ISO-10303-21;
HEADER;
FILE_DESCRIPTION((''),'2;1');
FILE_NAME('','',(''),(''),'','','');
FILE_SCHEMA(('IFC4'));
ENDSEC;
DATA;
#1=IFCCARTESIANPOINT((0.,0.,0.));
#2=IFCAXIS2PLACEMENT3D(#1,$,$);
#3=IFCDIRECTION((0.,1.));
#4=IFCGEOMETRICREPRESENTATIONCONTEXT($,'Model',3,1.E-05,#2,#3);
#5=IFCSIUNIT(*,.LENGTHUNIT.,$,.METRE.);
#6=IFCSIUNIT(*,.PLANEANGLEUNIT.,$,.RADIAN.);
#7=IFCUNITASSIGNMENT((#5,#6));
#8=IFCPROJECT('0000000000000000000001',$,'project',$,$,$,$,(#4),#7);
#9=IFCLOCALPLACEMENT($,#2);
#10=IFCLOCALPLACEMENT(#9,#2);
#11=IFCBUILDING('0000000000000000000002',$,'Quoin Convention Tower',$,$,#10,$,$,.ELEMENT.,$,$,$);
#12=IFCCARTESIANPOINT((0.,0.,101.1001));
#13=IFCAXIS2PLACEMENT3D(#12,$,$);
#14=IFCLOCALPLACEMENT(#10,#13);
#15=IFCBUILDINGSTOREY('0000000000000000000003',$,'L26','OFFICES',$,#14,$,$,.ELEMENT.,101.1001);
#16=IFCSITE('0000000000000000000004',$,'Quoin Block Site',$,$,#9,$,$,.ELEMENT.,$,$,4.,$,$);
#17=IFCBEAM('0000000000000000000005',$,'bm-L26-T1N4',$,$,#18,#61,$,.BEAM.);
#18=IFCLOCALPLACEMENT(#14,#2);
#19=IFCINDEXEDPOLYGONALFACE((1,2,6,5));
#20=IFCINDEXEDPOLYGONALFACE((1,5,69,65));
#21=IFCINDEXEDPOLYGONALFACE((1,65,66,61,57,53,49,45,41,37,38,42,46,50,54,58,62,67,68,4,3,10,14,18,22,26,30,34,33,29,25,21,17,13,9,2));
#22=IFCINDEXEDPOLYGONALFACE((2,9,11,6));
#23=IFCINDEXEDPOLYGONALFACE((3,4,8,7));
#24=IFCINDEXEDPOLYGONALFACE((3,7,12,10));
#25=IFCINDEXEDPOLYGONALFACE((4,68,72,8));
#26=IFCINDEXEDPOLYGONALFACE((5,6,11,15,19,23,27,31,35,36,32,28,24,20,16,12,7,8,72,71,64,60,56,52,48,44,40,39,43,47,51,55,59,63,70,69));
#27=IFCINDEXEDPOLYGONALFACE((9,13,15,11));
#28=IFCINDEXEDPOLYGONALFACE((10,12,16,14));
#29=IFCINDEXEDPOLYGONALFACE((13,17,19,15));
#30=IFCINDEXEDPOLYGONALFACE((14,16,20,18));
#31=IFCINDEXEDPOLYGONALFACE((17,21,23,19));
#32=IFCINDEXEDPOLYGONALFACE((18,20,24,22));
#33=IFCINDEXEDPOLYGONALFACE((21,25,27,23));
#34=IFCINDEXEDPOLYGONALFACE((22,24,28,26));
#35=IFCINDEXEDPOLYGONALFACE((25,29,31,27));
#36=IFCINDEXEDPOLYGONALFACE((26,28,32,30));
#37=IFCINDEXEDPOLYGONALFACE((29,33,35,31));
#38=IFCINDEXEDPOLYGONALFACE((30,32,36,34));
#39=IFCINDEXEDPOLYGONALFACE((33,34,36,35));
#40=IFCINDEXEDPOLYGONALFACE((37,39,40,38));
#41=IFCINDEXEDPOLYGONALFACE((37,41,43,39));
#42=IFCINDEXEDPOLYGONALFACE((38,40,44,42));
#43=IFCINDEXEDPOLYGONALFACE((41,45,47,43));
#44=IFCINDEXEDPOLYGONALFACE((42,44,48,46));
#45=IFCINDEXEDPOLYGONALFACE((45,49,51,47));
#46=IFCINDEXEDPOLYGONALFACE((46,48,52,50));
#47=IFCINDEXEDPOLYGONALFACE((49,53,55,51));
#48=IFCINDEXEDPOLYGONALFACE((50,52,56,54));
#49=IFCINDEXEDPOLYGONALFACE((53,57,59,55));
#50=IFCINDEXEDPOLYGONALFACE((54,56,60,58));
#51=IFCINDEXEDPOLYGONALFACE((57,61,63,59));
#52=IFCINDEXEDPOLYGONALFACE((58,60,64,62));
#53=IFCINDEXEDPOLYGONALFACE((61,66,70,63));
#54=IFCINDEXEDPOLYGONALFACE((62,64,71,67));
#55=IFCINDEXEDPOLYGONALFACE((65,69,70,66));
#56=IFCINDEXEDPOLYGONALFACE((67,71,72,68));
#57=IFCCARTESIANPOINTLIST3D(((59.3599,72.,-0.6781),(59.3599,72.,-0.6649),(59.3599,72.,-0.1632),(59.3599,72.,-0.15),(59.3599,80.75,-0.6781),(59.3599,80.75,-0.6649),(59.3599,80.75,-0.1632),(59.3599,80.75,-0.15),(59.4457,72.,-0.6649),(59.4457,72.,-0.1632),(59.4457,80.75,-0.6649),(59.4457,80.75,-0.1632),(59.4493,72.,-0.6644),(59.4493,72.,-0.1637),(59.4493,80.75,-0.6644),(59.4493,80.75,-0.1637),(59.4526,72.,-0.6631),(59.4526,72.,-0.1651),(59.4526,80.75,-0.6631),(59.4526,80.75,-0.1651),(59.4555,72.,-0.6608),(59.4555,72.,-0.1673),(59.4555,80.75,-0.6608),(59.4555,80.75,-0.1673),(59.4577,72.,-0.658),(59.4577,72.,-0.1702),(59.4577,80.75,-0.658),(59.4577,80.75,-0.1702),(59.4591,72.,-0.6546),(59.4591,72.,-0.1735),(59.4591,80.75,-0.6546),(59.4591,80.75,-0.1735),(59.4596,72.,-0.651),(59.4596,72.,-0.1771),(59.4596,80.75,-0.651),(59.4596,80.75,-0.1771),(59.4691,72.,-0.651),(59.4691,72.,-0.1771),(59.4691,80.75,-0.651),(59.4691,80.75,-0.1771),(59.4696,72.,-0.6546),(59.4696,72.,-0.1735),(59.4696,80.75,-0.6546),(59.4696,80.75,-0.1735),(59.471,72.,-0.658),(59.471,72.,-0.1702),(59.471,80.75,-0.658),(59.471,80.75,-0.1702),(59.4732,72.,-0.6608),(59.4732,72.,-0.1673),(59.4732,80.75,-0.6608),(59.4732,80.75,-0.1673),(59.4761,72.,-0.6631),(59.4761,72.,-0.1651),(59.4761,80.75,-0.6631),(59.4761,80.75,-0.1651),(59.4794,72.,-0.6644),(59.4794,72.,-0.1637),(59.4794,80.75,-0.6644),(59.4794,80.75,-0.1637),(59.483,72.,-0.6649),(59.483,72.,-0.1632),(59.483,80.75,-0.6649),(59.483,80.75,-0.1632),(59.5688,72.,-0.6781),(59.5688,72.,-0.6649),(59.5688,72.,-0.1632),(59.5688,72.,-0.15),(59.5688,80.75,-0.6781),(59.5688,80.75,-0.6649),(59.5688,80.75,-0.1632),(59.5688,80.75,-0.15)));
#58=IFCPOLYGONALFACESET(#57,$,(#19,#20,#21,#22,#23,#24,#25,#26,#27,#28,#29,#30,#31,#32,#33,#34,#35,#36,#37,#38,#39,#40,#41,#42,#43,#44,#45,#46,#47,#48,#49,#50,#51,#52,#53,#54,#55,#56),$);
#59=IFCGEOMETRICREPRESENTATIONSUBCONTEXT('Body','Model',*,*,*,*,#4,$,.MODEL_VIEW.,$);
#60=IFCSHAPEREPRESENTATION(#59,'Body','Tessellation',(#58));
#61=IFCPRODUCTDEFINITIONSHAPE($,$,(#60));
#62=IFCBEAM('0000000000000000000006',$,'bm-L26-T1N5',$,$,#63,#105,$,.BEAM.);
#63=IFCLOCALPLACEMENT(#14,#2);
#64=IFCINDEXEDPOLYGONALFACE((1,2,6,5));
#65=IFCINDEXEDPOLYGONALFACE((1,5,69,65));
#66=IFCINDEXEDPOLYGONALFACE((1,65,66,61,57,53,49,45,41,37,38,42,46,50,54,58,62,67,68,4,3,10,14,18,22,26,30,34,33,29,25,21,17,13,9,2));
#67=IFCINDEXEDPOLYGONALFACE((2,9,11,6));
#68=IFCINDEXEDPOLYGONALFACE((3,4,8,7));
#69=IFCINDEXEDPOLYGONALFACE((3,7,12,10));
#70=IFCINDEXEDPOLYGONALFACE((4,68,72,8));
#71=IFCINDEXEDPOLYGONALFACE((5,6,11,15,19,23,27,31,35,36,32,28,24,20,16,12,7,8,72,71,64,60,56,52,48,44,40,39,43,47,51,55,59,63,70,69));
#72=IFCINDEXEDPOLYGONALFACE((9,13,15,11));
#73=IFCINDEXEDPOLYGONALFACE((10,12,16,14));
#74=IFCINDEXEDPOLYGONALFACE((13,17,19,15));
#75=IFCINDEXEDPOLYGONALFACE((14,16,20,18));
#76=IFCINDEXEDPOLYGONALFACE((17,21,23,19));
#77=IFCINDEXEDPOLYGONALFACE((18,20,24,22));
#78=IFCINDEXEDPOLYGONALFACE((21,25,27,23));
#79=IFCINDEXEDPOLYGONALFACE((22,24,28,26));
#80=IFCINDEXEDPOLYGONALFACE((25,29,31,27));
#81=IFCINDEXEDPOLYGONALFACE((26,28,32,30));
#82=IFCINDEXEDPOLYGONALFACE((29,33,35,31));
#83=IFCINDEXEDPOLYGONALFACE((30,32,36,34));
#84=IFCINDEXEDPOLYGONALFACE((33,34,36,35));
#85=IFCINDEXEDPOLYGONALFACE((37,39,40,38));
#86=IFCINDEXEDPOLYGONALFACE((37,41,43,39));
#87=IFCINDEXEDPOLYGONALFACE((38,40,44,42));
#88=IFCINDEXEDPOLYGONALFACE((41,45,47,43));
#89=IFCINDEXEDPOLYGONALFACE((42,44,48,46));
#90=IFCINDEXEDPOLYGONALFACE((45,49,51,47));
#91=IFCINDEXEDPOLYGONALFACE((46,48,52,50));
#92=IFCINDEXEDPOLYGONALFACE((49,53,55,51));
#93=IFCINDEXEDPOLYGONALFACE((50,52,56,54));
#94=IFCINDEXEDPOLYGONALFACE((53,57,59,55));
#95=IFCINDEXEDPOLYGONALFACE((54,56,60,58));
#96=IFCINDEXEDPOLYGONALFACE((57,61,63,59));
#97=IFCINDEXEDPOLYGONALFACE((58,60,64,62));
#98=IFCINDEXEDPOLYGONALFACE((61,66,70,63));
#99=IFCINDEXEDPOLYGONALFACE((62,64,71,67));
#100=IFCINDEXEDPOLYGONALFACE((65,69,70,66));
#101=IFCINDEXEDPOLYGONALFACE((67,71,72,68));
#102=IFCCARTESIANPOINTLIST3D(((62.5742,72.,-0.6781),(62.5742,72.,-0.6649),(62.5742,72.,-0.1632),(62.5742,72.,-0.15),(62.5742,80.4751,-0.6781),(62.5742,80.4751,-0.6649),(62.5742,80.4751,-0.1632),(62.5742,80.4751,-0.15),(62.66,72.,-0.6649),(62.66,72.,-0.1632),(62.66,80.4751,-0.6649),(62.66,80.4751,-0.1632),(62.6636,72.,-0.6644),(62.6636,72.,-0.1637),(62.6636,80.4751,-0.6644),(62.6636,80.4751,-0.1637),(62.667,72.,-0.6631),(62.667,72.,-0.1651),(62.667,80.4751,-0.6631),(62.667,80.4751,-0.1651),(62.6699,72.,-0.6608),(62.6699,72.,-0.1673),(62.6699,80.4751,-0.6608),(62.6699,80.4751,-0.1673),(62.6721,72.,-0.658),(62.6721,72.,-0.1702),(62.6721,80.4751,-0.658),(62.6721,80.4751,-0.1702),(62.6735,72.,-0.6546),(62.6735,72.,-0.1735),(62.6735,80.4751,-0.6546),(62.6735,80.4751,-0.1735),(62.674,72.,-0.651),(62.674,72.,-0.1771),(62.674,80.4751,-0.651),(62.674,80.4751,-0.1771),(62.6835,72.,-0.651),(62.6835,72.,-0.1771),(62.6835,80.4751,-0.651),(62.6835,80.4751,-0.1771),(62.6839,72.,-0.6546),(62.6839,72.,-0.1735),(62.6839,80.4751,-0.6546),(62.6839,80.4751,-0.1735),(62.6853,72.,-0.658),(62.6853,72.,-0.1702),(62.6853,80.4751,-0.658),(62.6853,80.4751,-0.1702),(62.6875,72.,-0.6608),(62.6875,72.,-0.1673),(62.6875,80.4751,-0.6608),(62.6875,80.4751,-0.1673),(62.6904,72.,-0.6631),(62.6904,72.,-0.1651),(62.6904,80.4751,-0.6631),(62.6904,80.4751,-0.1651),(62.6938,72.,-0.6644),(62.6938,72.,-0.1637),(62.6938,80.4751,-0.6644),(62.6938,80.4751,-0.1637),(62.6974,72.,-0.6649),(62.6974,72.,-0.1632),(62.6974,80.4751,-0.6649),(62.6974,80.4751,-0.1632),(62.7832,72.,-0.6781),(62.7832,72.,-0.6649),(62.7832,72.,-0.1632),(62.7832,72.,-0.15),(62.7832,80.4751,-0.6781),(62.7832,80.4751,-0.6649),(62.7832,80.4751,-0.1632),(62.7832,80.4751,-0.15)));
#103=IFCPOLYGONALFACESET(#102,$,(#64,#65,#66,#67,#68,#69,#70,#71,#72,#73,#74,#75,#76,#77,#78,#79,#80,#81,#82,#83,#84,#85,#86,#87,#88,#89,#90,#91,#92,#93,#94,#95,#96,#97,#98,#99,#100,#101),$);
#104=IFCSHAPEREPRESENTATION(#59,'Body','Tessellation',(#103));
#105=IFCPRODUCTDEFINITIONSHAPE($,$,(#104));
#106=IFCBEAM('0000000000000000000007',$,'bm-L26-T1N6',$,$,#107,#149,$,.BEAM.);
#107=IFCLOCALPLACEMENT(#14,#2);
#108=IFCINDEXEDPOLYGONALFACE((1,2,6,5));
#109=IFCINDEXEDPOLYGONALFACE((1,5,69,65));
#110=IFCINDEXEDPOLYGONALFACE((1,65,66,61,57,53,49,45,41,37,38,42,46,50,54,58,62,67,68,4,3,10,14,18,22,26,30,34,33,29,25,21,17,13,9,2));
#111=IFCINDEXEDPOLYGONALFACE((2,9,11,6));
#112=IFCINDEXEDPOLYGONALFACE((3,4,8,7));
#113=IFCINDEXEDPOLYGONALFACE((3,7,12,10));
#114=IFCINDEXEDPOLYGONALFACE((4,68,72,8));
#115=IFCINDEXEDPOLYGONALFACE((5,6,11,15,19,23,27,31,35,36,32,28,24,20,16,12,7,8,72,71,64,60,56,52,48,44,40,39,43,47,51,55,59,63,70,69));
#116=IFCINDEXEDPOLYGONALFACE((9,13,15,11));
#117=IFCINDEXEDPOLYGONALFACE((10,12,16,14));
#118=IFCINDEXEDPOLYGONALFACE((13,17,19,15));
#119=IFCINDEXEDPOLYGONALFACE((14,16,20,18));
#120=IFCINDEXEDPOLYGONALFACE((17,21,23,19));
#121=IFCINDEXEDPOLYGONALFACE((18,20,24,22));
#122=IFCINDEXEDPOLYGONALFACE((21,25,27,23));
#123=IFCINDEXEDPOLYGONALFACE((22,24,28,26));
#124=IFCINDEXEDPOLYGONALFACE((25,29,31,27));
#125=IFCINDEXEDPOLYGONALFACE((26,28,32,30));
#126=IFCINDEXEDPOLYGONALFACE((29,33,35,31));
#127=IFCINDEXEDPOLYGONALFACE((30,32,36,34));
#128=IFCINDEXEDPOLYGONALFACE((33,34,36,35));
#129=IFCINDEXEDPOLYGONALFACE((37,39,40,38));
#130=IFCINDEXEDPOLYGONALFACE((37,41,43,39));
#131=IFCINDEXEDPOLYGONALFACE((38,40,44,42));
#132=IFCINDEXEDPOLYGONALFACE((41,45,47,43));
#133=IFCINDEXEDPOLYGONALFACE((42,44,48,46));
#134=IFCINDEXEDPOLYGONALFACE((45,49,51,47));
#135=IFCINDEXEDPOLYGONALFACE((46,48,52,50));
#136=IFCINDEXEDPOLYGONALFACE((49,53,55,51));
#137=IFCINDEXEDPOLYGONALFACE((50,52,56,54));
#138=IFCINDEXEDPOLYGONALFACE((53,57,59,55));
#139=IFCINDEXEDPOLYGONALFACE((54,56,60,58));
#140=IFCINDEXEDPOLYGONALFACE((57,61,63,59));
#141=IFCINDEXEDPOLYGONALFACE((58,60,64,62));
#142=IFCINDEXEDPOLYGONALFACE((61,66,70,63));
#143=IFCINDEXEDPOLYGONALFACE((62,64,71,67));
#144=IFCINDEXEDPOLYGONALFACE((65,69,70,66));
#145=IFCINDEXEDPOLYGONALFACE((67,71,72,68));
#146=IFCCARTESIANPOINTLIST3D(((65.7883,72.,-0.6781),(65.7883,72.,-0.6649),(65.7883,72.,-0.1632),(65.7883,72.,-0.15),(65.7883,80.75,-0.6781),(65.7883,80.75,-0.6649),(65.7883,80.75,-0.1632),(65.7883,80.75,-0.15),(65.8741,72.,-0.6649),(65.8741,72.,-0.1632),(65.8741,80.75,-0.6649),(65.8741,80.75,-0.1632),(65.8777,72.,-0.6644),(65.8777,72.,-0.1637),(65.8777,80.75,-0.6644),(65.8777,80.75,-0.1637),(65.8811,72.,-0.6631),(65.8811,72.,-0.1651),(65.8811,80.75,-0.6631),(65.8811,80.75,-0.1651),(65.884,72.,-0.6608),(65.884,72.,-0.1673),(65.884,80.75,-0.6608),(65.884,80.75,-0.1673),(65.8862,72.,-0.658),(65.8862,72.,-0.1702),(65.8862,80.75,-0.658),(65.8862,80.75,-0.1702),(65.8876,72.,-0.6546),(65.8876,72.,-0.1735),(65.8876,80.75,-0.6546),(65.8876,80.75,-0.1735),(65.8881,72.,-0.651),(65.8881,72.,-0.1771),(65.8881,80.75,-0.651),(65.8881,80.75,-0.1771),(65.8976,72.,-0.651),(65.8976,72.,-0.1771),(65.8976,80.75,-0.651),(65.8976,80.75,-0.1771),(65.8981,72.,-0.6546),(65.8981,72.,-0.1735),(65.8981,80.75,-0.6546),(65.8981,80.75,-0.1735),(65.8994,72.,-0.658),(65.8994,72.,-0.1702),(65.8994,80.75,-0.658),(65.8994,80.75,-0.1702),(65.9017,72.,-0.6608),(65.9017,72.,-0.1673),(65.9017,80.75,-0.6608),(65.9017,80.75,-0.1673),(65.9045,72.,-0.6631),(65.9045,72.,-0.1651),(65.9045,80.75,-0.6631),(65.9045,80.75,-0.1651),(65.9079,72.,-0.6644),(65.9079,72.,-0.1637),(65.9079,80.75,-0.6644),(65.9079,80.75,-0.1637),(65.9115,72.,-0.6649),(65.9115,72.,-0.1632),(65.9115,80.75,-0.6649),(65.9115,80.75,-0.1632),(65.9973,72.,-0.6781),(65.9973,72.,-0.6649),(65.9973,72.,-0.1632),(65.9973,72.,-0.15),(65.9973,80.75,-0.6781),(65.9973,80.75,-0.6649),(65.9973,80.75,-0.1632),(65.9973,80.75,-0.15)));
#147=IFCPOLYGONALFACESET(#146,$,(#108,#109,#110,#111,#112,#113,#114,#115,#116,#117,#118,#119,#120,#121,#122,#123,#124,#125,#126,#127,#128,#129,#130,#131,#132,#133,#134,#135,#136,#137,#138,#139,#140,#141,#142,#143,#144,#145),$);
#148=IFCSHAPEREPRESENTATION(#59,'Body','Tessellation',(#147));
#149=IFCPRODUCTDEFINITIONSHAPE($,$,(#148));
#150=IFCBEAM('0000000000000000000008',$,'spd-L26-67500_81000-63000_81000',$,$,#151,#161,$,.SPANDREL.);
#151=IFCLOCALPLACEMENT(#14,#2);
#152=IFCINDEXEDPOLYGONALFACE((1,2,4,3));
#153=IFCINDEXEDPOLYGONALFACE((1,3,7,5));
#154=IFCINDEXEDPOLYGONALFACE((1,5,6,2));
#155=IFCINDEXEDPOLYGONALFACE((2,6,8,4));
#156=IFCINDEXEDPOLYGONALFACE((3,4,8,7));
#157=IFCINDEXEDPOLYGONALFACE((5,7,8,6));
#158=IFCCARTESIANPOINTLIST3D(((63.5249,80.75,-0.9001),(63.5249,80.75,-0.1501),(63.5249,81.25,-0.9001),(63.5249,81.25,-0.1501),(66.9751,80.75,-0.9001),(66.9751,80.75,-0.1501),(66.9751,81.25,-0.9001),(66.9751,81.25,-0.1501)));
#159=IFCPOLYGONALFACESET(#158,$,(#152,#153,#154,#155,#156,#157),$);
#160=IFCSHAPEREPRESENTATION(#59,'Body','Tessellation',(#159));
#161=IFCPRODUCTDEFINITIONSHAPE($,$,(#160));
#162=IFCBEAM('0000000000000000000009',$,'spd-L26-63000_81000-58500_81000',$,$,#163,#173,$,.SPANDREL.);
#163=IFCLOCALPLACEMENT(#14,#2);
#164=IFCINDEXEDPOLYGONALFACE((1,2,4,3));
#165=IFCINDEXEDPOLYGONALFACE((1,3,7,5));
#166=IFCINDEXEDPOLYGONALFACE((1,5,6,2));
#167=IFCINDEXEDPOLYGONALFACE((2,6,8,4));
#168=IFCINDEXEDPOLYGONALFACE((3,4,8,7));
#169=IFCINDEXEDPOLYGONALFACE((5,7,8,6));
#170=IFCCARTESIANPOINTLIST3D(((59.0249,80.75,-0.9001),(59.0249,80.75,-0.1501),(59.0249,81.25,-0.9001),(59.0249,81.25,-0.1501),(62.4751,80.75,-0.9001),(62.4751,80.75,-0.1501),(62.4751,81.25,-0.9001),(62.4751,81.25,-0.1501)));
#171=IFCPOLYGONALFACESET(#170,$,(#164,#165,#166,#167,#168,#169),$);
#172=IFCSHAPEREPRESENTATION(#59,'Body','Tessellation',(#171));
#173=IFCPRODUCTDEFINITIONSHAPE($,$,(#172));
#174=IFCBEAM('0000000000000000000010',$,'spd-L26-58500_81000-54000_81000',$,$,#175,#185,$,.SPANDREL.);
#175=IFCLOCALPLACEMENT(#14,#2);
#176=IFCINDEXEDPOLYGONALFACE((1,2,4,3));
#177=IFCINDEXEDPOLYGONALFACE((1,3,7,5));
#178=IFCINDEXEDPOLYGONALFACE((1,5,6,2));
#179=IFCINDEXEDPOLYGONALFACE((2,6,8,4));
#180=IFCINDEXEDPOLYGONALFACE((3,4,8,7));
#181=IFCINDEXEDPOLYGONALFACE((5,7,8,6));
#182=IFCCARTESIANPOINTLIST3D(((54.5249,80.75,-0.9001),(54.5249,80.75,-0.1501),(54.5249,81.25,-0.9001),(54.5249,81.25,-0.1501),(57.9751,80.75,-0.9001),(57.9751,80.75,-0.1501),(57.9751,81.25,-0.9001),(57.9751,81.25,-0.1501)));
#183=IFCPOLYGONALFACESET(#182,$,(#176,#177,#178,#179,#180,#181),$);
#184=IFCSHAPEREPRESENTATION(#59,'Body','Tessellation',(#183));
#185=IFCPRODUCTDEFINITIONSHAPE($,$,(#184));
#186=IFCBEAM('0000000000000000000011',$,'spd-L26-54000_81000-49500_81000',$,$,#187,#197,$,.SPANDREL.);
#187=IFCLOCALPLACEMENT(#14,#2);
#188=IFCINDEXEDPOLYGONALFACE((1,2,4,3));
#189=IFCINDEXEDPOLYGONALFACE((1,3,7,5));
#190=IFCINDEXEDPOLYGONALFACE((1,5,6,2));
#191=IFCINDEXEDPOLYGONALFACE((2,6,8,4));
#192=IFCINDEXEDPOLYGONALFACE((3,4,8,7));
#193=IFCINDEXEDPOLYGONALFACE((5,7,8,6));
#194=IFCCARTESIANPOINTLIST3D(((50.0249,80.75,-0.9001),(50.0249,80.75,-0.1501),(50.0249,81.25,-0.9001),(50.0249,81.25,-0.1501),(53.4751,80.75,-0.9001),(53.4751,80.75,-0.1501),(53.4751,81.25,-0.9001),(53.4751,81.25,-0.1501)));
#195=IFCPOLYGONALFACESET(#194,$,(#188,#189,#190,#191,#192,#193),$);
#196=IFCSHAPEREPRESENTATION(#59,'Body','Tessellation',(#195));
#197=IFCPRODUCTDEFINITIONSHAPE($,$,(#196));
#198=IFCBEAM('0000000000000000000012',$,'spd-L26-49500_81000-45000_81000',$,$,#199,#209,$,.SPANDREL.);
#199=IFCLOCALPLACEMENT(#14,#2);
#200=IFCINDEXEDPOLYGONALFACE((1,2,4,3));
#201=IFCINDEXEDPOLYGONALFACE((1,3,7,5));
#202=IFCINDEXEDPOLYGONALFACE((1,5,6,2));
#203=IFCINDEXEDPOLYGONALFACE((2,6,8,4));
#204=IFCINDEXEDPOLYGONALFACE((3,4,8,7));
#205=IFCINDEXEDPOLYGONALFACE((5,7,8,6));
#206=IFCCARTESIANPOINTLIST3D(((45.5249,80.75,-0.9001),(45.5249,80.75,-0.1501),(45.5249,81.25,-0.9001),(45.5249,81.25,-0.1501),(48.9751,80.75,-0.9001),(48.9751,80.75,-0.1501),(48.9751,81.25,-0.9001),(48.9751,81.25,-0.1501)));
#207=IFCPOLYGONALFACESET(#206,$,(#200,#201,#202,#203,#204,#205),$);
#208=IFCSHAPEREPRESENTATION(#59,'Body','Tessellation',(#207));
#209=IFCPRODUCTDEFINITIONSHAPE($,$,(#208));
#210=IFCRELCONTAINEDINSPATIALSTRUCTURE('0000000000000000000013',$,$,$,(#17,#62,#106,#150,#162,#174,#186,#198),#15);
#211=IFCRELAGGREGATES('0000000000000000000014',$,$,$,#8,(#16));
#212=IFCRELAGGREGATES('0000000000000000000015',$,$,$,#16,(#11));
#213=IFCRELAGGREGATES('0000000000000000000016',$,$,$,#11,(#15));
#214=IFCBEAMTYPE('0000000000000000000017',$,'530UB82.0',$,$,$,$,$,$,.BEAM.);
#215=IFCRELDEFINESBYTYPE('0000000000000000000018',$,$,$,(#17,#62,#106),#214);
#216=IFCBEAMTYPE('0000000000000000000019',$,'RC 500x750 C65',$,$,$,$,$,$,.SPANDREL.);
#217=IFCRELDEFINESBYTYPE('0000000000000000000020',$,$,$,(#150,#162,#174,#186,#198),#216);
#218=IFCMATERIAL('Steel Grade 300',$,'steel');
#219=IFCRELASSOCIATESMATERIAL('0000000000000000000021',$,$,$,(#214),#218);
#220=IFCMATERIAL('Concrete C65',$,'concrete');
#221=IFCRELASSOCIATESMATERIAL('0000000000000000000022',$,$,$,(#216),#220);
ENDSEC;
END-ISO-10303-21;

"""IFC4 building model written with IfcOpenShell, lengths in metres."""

from ifc_helpers import new_model, si_unit, direction, frame, origin, origin_2d, place, context, subcontext, project, spatial, rectangle, i_section, extrude, material, material_profile, profile_set, type_object, element, save


model = new_model("IFC4")

# Units and contexts
model_context = context("Model", 3, precision=1e-05, world=origin(), true_north=direction((0.0, 1.0)))
body_context = subcontext(model_context, "Body", "Model", "MODEL_VIEW")
ifc_project = project(units=[si_unit("LENGTHUNIT", "METRE"), si_unit("PLANEANGLEUNIT", "RADIAN")], contexts=[model_context])

# Site, building, storey
site_placement = place(None, origin())
site = spatial("IfcSite", under=ifc_project, at=site_placement, Name="Quoin Block Site", CompositionType="ELEMENT", RefElevation=4.0)
building_placement = place(site_placement, origin())
building = spatial("IfcBuilding", under=site, at=building_placement, Name="Quoin Convention Tower", CompositionType="ELEMENT")
storey_placement = place(building_placement, frame((0.0, 0.0, 101.1001)))
storey = spatial("IfcBuildingStorey", under=building, at=storey_placement, Name="L26", Description="OFFICES", CompositionType="ELEMENT", Elevation=101.1001)

# Shared definitions
ifc_material_1 = material(Name="Concrete C65", Category="concrete")

# Beams
ifc_material_2 = material(Name="Steel Grade 300", Category="steel")
ifc_material_profile_1 = material_profile(ifc_material_2, i_section(OverallWidth=0.209, OverallDepth=0.5281, WebThickness=0.0095, FlangeThickness=0.0132, FilletRadius=0.0139, at=origin_2d()), Name="530UB82.0")
ifc_profile_set_1 = profile_set([ifc_material_profile_1], Name="Steel Grade 300")
beam_type_1 = type_object("IfcBeamType", Name="530UB82.0", PredefinedType="BEAM", material=ifc_profile_set_1)
for number, where, z_axis, x_axis, name in (
    (1, (59.4644, 72.0, -0.4141), (0.0, 1.0, 0.0), (-1.0, 0.0, 0.0), "bm-L26-T1N4"),
):
    element("IfcBeam", number, at=place(storey_placement, frame(where, z_axis=z_axis, x_axis=x_axis)), inside=storey, type_object=beam_type_1, Name=name, PredefinedType="BEAM", context=body_context, shape_type="SweptSolid", body=[
        extrude(i_section(OverallWidth=0.209, OverallDepth=0.5281, WebThickness=0.0095, FlangeThickness=0.0132, FilletRadius=0.0139, at=origin_2d()), origin(), (0.0, 0.0, 1.0), 8.75),
    ])
beam_1_placement = place(storey_placement, frame((62.6787, 72.0, -0.4141), z_axis=(0.0, 1.0, 0.0), x_axis=(-1.0, 0.0, 0.0)))
element("IfcBeam", 2, at=beam_1_placement, inside=storey, type_object=beam_type_1, Name="bm-L26-T1N5", PredefinedType="BEAM", context=body_context, shape_type="SweptSolid", body=[
    extrude(i_section(OverallWidth=0.209, OverallDepth=0.5281, WebThickness=0.0095, FlangeThickness=0.0132, FilletRadius=0.0139, at=origin_2d()), origin(), (0.0, 0.0, 1.0), 8.4751),
])
beam_2_placement = place(storey_placement, frame((65.8928, 72.0, -0.4141), z_axis=(0.0, 1.0, 0.0), x_axis=(-1.0, 0.0, 0.0)))
element("IfcBeam", 3, at=beam_2_placement, inside=storey, type_object=beam_type_1, Name="bm-L26-T1N6", PredefinedType="BEAM", context=body_context, shape_type="SweptSolid", body=[
    extrude(i_section(OverallWidth=0.209, OverallDepth=0.5281, WebThickness=0.0095, FlangeThickness=0.0132, FilletRadius=0.0139, at=origin_2d()), origin(), (0.0, 0.0, 1.0), 8.75),
])
ifc_material_profile_2 = material_profile(ifc_material_1, rectangle(XDim=0.5, YDim=0.75, at=origin_2d()), Name="RC 500x750")
ifc_profile_set_2 = profile_set([ifc_material_profile_2], Name="Concrete C65")
beam_type_2 = type_object("IfcBeamType", Name="RC 500x750 C65", PredefinedType="SPANDREL", material=ifc_profile_set_2)
for number, where, z_axis, x_axis, name in (
    (4, (66.9751, 81.0, -0.5251), (-1.0, 0.0, 0.0), (0.0, -1.0, 0.0), "spd-L26-67500_81000-63000_81000"),
    (5, (62.4751, 81.0, -0.5251), (-1.0, 0.0, 0.0), (0.0, -1.0, 0.0), "spd-L26-63000_81000-58500_81000"),
    (6, (57.9751, 81.0, -0.5251), (-1.0, 0.0, 0.0), (0.0, -1.0, 0.0), "spd-L26-58500_81000-54000_81000"),
    (7, (53.4751, 81.0, -0.5251), (-1.0, 0.0, 0.0), (0.0, -1.0, 0.0), "spd-L26-54000_81000-49500_81000"),
    (8, (48.9751, 81.0, -0.5251), (-1.0, 0.0, 0.0), (0.0, -1.0, 0.0), "spd-L26-49500_81000-45000_81000"),
):
    element("IfcBeam", number, at=place(storey_placement, frame(where, z_axis=z_axis, x_axis=x_axis)), inside=storey, type_object=beam_type_2, Name=name, PredefinedType="SPANDREL", context=body_context, shape_type="SweptSolid", body=[
        extrude(rectangle(XDim=0.5, YDim=0.75, at=origin_2d()), origin(), (0.0, 0.0, 1.0), 3.4502),
    ])

save(model, "model.ifc")
